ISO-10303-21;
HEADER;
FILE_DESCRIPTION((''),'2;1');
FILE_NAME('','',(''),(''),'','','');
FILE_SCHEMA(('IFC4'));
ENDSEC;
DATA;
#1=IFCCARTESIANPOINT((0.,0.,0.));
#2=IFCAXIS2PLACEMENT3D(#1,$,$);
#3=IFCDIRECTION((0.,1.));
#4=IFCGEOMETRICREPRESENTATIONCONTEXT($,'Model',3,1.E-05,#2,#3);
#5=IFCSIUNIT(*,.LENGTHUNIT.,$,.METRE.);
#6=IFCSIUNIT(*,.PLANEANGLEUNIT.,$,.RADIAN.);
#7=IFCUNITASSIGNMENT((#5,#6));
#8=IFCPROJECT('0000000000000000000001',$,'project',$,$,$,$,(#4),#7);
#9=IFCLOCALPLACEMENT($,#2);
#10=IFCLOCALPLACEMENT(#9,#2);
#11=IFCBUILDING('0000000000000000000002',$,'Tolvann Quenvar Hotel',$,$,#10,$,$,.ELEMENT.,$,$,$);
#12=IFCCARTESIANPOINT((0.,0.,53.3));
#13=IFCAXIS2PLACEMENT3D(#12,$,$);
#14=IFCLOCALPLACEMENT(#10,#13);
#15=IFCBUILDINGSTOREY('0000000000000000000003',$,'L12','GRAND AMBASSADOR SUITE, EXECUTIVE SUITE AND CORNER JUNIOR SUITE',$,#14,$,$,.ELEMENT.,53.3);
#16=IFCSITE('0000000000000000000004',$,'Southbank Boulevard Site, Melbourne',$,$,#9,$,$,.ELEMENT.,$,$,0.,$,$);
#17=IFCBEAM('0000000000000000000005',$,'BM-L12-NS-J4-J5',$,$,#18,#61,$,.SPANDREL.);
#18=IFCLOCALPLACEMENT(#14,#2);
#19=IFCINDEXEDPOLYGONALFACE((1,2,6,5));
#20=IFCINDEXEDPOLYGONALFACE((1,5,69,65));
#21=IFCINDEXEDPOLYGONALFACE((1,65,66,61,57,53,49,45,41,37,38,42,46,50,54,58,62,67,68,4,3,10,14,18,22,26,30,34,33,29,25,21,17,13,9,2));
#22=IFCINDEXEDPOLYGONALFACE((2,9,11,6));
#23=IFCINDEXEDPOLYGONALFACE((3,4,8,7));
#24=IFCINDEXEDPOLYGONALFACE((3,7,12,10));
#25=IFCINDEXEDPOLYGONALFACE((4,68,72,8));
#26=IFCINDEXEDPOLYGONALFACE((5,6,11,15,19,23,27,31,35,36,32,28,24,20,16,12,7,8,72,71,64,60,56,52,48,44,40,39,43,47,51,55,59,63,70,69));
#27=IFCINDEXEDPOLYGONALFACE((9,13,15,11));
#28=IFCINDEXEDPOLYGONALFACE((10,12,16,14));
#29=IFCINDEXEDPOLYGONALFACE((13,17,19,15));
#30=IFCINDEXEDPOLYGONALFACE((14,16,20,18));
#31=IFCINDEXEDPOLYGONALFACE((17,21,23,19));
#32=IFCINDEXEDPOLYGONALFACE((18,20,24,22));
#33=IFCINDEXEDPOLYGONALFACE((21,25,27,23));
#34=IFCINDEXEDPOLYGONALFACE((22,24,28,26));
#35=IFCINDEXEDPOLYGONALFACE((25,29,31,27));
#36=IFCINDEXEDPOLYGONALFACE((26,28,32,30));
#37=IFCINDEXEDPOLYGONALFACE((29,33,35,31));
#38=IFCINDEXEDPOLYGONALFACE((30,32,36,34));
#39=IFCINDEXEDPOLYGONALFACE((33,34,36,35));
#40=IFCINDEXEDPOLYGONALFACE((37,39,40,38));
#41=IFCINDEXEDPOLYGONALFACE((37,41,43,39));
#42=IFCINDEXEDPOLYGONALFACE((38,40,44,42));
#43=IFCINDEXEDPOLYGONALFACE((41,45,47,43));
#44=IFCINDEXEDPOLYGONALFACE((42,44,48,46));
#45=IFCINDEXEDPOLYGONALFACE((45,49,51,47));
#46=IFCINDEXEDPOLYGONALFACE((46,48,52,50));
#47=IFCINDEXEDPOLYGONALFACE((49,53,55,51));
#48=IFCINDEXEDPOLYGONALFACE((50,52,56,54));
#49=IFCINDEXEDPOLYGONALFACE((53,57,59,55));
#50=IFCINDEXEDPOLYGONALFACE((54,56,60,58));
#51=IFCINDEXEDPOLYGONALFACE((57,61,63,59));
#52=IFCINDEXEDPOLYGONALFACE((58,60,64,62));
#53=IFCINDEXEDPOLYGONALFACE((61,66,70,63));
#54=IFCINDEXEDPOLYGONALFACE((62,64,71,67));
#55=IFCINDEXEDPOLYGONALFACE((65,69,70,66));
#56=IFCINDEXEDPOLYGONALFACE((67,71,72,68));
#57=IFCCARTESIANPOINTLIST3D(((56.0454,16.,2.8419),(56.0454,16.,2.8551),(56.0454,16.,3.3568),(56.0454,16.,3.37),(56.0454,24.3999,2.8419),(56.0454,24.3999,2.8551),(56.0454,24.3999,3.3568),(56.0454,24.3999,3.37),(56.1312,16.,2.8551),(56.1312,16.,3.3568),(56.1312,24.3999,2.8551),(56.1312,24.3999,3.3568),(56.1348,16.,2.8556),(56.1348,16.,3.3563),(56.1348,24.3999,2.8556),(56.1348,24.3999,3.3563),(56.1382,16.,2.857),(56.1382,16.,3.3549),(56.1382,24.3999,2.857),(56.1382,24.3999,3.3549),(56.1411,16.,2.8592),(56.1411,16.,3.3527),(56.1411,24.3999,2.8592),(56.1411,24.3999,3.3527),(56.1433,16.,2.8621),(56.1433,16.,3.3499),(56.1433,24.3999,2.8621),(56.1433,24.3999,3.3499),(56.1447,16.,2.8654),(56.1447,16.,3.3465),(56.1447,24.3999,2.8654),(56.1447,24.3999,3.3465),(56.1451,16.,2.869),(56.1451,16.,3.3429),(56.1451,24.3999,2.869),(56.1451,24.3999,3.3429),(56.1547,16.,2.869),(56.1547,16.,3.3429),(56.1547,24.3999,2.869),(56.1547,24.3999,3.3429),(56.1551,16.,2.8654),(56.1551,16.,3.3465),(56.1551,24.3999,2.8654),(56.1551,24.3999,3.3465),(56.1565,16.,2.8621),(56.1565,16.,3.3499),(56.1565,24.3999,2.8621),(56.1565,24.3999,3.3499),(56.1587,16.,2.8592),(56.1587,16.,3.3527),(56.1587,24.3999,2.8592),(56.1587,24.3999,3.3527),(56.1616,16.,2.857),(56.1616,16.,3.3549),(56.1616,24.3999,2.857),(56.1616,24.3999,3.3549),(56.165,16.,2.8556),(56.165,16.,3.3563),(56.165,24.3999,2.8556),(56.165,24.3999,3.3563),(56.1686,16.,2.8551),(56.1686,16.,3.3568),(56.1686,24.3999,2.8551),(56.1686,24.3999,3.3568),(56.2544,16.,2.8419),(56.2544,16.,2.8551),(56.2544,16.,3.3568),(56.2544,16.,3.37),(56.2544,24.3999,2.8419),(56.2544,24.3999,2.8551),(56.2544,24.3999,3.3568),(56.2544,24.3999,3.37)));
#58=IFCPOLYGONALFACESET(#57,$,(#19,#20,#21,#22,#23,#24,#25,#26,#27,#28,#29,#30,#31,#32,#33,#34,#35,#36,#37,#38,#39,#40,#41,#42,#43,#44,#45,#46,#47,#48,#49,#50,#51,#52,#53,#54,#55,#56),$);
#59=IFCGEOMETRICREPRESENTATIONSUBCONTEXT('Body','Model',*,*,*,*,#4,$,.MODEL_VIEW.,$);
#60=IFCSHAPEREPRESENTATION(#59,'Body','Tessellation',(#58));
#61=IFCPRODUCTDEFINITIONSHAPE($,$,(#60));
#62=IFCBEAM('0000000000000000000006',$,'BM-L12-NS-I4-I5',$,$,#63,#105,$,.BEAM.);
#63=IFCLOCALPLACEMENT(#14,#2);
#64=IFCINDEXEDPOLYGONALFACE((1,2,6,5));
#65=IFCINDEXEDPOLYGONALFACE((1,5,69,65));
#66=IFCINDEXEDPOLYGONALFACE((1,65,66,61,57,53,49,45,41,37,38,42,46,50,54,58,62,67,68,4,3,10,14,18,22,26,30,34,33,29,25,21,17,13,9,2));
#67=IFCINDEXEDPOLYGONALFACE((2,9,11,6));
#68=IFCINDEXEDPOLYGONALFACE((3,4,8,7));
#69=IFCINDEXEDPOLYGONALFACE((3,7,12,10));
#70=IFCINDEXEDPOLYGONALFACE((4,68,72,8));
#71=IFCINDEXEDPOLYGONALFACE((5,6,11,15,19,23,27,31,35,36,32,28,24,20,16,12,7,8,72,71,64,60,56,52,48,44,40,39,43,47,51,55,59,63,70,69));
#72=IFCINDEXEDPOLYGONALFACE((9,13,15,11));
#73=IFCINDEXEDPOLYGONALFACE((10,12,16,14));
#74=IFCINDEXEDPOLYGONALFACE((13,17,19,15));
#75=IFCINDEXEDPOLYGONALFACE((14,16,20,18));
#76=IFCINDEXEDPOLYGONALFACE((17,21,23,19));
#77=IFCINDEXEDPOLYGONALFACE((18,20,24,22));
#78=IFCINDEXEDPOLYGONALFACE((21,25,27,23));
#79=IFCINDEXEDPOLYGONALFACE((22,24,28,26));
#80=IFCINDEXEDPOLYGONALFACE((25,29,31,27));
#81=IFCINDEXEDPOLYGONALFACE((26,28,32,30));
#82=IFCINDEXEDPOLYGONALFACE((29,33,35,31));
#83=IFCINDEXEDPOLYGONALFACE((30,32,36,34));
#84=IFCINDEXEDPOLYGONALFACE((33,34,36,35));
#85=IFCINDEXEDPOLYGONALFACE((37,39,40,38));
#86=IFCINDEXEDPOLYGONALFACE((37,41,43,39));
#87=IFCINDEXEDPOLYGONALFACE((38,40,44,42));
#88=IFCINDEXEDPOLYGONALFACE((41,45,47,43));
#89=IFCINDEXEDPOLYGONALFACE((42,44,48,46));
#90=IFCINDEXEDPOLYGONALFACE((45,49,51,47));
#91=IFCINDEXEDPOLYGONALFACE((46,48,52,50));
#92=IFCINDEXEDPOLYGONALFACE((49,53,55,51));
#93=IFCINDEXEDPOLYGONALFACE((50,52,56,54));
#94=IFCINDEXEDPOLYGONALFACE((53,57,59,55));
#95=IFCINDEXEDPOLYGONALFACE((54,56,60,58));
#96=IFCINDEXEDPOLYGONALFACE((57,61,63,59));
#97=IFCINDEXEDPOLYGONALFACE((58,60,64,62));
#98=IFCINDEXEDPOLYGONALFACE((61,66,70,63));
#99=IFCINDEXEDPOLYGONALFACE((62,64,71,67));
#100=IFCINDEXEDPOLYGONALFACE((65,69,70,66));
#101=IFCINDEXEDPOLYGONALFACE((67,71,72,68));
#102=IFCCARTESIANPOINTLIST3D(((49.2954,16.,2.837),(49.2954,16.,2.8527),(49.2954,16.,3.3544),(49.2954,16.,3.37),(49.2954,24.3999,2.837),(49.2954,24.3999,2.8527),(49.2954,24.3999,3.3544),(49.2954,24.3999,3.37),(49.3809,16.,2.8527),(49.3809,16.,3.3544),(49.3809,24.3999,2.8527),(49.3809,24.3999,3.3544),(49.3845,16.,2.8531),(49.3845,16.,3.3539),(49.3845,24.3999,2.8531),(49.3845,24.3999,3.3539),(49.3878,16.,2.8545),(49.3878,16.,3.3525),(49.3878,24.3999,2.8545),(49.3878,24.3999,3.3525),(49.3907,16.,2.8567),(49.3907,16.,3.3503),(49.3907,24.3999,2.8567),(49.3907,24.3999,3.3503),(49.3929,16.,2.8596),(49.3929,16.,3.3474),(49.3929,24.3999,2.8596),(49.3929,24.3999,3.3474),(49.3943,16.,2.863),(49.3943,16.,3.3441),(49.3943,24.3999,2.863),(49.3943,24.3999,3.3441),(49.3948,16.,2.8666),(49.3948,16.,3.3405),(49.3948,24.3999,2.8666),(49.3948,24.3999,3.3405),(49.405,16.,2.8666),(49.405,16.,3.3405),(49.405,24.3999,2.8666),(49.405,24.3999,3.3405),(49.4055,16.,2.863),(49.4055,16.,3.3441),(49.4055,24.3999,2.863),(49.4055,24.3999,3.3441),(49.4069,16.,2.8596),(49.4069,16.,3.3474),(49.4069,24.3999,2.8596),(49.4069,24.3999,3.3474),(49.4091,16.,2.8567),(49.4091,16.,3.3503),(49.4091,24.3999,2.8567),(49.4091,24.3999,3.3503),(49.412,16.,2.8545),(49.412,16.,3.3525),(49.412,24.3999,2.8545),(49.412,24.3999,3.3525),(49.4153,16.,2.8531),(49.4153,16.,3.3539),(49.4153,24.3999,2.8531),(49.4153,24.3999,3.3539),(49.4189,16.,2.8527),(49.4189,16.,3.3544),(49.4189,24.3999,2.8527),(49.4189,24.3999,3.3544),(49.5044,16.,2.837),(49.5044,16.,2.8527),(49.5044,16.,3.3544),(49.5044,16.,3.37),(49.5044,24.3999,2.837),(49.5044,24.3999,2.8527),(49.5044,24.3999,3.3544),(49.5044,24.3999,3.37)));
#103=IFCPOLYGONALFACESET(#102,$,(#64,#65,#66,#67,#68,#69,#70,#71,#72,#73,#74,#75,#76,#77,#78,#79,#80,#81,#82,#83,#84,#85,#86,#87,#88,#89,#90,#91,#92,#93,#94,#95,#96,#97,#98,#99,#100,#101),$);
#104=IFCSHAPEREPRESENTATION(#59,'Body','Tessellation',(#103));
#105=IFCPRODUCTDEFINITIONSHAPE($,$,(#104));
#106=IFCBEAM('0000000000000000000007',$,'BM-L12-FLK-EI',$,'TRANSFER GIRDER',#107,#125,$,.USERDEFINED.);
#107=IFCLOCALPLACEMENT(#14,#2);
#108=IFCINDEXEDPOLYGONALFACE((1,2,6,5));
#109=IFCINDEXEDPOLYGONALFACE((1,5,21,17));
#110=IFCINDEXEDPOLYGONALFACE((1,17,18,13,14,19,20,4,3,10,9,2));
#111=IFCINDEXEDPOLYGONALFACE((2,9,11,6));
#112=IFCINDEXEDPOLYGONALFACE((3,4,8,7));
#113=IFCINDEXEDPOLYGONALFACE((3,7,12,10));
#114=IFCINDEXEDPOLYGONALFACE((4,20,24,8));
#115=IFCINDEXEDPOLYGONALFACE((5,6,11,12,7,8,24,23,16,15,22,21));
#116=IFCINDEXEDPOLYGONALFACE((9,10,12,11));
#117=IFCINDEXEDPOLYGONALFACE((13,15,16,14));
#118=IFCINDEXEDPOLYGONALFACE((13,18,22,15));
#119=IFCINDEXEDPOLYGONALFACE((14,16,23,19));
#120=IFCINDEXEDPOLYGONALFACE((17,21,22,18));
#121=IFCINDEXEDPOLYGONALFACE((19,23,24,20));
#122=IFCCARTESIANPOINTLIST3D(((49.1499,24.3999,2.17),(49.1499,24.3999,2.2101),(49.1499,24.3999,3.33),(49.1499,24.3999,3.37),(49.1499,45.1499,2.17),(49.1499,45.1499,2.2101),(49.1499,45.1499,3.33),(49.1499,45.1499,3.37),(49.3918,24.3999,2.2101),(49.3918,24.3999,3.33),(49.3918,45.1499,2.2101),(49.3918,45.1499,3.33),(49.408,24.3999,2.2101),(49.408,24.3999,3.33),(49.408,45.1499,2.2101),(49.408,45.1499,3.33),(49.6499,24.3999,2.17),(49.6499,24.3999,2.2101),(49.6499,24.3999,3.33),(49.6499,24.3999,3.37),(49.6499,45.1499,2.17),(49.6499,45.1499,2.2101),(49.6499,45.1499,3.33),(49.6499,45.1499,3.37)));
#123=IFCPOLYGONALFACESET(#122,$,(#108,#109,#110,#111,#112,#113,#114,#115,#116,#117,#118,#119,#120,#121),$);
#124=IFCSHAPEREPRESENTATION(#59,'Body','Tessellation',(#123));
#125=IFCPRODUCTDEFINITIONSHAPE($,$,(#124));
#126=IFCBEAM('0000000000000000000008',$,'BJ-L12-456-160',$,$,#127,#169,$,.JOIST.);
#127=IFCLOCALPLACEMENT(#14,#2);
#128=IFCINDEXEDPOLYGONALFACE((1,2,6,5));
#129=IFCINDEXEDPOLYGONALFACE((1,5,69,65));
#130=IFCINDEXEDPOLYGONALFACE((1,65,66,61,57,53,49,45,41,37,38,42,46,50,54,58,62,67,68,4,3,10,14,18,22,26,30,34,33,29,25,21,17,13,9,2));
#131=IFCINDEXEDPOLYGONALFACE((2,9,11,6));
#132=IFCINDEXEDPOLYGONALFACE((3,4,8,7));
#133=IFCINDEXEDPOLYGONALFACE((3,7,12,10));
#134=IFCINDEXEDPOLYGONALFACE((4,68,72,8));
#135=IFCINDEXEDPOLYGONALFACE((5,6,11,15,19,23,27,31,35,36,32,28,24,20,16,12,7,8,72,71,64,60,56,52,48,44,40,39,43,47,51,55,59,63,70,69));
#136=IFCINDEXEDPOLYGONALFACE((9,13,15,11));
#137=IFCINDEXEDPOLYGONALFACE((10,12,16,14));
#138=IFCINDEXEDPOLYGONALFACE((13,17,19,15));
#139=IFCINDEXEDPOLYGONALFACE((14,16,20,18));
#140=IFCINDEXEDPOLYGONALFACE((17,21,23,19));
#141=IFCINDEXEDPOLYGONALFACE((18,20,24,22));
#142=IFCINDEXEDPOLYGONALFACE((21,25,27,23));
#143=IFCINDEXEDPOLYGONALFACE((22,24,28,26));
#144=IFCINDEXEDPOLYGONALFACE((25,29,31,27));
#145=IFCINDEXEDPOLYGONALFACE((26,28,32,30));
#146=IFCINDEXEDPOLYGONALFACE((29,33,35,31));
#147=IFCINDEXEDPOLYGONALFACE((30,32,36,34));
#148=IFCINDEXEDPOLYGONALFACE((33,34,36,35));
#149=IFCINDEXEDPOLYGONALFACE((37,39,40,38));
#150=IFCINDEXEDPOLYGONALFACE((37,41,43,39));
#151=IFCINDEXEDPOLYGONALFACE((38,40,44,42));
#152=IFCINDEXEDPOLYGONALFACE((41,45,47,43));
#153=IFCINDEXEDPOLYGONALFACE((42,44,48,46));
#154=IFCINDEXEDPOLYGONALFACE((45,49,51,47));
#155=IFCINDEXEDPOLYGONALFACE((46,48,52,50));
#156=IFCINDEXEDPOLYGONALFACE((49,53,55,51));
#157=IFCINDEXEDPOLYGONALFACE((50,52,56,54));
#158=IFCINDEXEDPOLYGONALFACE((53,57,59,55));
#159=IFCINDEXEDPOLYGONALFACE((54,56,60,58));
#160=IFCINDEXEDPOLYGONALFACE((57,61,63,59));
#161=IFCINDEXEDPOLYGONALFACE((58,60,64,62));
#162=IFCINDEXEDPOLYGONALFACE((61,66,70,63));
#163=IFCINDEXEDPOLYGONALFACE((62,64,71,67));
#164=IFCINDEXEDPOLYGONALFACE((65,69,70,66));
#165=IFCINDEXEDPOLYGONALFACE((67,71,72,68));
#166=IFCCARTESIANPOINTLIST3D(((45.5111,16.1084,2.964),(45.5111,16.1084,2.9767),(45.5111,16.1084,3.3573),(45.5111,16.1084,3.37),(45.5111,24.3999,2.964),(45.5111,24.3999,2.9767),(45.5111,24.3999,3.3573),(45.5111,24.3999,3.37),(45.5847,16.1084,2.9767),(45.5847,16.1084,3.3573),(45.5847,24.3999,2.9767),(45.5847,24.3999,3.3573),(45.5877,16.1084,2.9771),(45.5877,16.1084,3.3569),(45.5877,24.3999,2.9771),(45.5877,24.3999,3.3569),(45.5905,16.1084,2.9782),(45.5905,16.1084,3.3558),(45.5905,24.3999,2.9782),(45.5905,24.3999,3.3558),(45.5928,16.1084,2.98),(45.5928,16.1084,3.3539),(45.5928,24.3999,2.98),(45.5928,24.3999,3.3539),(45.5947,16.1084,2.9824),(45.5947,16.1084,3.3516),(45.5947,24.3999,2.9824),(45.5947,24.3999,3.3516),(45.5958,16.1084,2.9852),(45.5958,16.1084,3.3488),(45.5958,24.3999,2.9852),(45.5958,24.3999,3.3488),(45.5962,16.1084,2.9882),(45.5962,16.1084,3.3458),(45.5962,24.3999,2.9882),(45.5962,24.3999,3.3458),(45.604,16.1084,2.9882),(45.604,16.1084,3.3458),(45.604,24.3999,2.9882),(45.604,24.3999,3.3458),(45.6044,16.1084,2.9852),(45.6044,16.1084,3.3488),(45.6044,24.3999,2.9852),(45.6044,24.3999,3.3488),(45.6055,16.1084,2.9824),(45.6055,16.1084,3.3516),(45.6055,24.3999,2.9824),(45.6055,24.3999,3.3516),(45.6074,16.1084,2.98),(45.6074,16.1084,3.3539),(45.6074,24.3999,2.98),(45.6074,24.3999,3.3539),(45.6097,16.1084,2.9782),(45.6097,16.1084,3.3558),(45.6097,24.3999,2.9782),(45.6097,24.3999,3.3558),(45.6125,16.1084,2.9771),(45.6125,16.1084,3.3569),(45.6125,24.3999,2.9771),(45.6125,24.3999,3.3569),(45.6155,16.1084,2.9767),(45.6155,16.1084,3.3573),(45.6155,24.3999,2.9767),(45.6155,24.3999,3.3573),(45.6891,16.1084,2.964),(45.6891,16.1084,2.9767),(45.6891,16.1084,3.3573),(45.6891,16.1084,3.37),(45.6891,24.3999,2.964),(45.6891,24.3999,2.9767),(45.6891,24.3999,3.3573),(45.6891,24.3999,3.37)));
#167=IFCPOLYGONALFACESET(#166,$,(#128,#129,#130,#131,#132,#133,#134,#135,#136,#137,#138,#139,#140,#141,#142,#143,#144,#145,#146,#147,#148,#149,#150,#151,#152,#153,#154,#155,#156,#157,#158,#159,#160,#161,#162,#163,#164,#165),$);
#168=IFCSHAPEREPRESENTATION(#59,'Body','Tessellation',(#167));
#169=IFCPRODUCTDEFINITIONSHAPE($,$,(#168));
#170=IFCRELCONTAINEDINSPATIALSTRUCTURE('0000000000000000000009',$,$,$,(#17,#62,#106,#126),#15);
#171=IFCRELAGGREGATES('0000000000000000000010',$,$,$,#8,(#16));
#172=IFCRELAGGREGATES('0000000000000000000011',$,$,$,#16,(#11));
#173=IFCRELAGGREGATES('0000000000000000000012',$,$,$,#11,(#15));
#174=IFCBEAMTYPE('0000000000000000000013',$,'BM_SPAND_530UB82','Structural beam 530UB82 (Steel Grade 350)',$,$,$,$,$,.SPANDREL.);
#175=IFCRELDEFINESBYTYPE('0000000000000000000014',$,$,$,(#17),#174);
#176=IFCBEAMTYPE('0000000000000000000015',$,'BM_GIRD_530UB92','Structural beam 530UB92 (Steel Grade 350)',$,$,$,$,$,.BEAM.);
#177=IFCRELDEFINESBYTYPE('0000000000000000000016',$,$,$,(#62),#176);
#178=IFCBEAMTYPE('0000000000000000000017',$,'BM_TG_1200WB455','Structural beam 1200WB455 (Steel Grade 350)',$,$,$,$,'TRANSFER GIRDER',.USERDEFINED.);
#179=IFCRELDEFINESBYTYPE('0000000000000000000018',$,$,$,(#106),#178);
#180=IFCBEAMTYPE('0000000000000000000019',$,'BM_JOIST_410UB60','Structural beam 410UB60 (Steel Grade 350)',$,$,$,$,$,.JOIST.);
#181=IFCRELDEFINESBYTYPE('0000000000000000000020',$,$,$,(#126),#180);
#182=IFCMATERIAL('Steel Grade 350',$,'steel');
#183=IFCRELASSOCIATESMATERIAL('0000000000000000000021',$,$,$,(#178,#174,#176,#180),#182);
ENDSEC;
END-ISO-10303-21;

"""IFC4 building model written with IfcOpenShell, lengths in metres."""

from ifc_helpers import new_model, si_unit, direction, frame, origin, origin_2d, place, context, subcontext, project, spatial, i_section, extrude, source, transform, mapped, material, material_profile, profile_set, type_object, type_shapes, element, save


model = new_model("IFC4")

# Units and contexts
model_context = context("Model", 3, precision=1e-05, world=origin(), true_north=direction((0.0, 1.0)))
body_context = subcontext(model_context, "Body", "Model", "MODEL_VIEW")
ifc_project = project(units=[si_unit("LENGTHUNIT", "METRE"), si_unit("PLANEANGLEUNIT", "RADIAN")], contexts=[model_context])

# Site, building, storey
site_placement = place(None, origin())
site = spatial("IfcSite", under=ifc_project, at=site_placement, Name="Southbank Boulevard Site, Melbourne", CompositionType="ELEMENT", RefElevation=0.0)
building_placement = place(site_placement, origin())
building = spatial("IfcBuilding", under=site, at=building_placement, Name="Tolvann Quenvar Hotel", CompositionType="ELEMENT")
storey_placement = place(building_placement, frame((0.0, 0.0, 53.3)))
storey = spatial("IfcBuildingStorey", under=building, at=storey_placement, Name="L12", Description="GRAND AMBASSADOR SUITE, EXECUTIVE SUITE AND CORNER JUNIOR SUITE", CompositionType="ELEMENT", Elevation=53.3)

# Shared definitions
ifc_material_1 = material(Name="Steel Grade 350", Category="steel")

# Beams
ifc_material_profile_1 = material_profile(ifc_material_1, i_section(OverallWidth=0.5, OverallDepth=1.2, WebThickness=0.0161, FlangeThickness=0.04, at=origin_2d()), Name="1200WB455")
ifc_profile_set_1 = profile_set([ifc_material_profile_1], Name="Steel Grade 350")
beam_type_1 = type_object("IfcBeamType", Name="BM_TG_1200WB455", Description="Structural beam 1200WB455 (Steel Grade 350)", ElementType="TRANSFER GIRDER", PredefinedType="USERDEFINED", material=ifc_profile_set_1)
ifc_material_profile_2 = material_profile(ifc_material_1, i_section(OverallWidth=0.209, OverallDepth=0.5281, WebThickness=0.0095, FlangeThickness=0.0132, FilletRadius=0.0139, at=origin_2d()), Name="530UB82")
ifc_profile_set_2 = profile_set([ifc_material_profile_2], Name="Steel Grade 350")
beam_type_2 = type_object("IfcBeamType", Name="BM_SPAND_530UB82", Description="Structural beam 530UB82 (Steel Grade 350)", PredefinedType="SPANDREL", material=ifc_profile_set_2)
shared_shape_1 = source(origin(), body_context, "Body", "SweptSolid", [
    extrude(i_section(OverallWidth=0.209, OverallDepth=0.5281, WebThickness=0.0095, FlangeThickness=0.0132, FilletRadius=0.0139, at=origin_2d()), origin(), (0.0, 0.0, 1.0), 8.3999),
])
type_shapes(beam_type_2, [shared_shape_1])
beam_1_placement = place(storey_placement, frame((56.1499, 16.0, 3.106), z_axis=(0.0, 1.0, 0.0), x_axis=(-1.0, 0.0, 0.0)))
element("IfcBeam", 1, at=beam_1_placement, inside=storey, type_object=beam_type_2, Name="BM-L12-NS-J4-J5", PredefinedType="SPANDREL", context=body_context, shape_type="MappedRepresentation", body=[
    mapped(shared_shape_1, transform((0.0, 0.0, 0.0), x_axis=(1.0, 0.0, 0.0), y_axis=(0.0, 1.0, 0.0), z_axis=(0.0, 0.0, 1.0), scale=1.0)),
])
ifc_material_profile_3 = material_profile(ifc_material_1, i_section(OverallWidth=0.209, OverallDepth=0.533, WebThickness=0.0103, FlangeThickness=0.0156, FilletRadius=0.0139, at=origin_2d()), Name="530UB92")
ifc_profile_set_3 = profile_set([ifc_material_profile_3], Name="Steel Grade 350")
beam_type_3 = type_object("IfcBeamType", Name="BM_GIRD_530UB92", Description="Structural beam 530UB92 (Steel Grade 350)", PredefinedType="BEAM", material=ifc_profile_set_3)
shared_shape_2 = source(origin(), body_context, "Body", "SweptSolid", [
    extrude(i_section(OverallWidth=0.209, OverallDepth=0.533, WebThickness=0.0103, FlangeThickness=0.0156, FilletRadius=0.0139, at=origin_2d()), origin(), (0.0, 0.0, 1.0), 8.3999),
])
type_shapes(beam_type_3, [shared_shape_2])
beam_2_placement = place(storey_placement, frame((49.3999, 16.0, 3.1035), z_axis=(0.0, 1.0, 0.0), x_axis=(-1.0, 0.0, 0.0)))
element("IfcBeam", 2, at=beam_2_placement, inside=storey, type_object=beam_type_3, Name="BM-L12-NS-I4-I5", PredefinedType="BEAM", context=body_context, shape_type="MappedRepresentation", body=[
    mapped(shared_shape_2, transform((0.0, 0.0, 0.0), x_axis=(1.0, 0.0, 0.0), y_axis=(0.0, 1.0, 0.0), z_axis=(0.0, 0.0, 1.0), scale=1.0)),
])
shared_shape_3 = source(origin(), body_context, "Body", "SweptSolid", [
    extrude(i_section(OverallWidth=0.5, OverallDepth=1.2, WebThickness=0.0161, FlangeThickness=0.04, at=origin_2d()), origin(), (0.0, 0.0, 1.0), 20.75),
])
beam_3_placement = place(storey_placement, frame((49.3999, 24.3999, 2.77), z_axis=(0.0, 1.0, 0.0), x_axis=(-1.0, 0.0, 0.0)))
element("IfcBeam", 3, at=beam_3_placement, inside=storey, type_object=beam_type_1, Name="BM-L12-FLK-EI", ObjectType="TRANSFER GIRDER", PredefinedType="USERDEFINED", context=body_context, shape_type="MappedRepresentation", body=[
    mapped(shared_shape_3, transform((0.0, 0.0, 0.0), x_axis=(1.0, 0.0, 0.0), y_axis=(0.0, 1.0, 0.0), z_axis=(0.0, 0.0, 1.0), scale=1.0)),
])
ifc_material_profile_4 = material_profile(ifc_material_1, i_section(OverallWidth=0.178, OverallDepth=0.406, WebThickness=0.0078, FlangeThickness=0.0127, FilletRadius=0.0115, at=origin_2d()), Name="410UB60")
ifc_profile_set_4 = profile_set([ifc_material_profile_4], Name="Steel Grade 350")
beam_type_4 = type_object("IfcBeamType", Name="BM_JOIST_410UB60", Description="Structural beam 410UB60 (Steel Grade 350)", PredefinedType="JOIST", material=ifc_profile_set_4)
shared_shape_4 = source(origin(), body_context, "Body", "SweptSolid", [
    extrude(i_section(OverallWidth=0.178, OverallDepth=0.406, WebThickness=0.0078, FlangeThickness=0.0127, FilletRadius=0.0115, at=origin_2d()), origin(), (0.0, 0.0, 1.0), 8.2915),
])
type_shapes(beam_type_4, [shared_shape_4])
beam_4_placement = place(storey_placement, frame((45.6001, 16.1084, 3.167), z_axis=(0.0, 1.0, 0.0), x_axis=(-1.0, 0.0, 0.0)))
element("IfcBeam", 4, at=beam_4_placement, inside=storey, type_object=beam_type_4, Name="BJ-L12-456-160", PredefinedType="JOIST", context=body_context, shape_type="MappedRepresentation", body=[
    mapped(shared_shape_4, transform((0.0, 0.0, 0.0), x_axis=(1.0, 0.0, 0.0), y_axis=(0.0, 1.0, 0.0), z_axis=(0.0, 0.0, 1.0), scale=1.0)),
])

save(model, "model.ifc")
